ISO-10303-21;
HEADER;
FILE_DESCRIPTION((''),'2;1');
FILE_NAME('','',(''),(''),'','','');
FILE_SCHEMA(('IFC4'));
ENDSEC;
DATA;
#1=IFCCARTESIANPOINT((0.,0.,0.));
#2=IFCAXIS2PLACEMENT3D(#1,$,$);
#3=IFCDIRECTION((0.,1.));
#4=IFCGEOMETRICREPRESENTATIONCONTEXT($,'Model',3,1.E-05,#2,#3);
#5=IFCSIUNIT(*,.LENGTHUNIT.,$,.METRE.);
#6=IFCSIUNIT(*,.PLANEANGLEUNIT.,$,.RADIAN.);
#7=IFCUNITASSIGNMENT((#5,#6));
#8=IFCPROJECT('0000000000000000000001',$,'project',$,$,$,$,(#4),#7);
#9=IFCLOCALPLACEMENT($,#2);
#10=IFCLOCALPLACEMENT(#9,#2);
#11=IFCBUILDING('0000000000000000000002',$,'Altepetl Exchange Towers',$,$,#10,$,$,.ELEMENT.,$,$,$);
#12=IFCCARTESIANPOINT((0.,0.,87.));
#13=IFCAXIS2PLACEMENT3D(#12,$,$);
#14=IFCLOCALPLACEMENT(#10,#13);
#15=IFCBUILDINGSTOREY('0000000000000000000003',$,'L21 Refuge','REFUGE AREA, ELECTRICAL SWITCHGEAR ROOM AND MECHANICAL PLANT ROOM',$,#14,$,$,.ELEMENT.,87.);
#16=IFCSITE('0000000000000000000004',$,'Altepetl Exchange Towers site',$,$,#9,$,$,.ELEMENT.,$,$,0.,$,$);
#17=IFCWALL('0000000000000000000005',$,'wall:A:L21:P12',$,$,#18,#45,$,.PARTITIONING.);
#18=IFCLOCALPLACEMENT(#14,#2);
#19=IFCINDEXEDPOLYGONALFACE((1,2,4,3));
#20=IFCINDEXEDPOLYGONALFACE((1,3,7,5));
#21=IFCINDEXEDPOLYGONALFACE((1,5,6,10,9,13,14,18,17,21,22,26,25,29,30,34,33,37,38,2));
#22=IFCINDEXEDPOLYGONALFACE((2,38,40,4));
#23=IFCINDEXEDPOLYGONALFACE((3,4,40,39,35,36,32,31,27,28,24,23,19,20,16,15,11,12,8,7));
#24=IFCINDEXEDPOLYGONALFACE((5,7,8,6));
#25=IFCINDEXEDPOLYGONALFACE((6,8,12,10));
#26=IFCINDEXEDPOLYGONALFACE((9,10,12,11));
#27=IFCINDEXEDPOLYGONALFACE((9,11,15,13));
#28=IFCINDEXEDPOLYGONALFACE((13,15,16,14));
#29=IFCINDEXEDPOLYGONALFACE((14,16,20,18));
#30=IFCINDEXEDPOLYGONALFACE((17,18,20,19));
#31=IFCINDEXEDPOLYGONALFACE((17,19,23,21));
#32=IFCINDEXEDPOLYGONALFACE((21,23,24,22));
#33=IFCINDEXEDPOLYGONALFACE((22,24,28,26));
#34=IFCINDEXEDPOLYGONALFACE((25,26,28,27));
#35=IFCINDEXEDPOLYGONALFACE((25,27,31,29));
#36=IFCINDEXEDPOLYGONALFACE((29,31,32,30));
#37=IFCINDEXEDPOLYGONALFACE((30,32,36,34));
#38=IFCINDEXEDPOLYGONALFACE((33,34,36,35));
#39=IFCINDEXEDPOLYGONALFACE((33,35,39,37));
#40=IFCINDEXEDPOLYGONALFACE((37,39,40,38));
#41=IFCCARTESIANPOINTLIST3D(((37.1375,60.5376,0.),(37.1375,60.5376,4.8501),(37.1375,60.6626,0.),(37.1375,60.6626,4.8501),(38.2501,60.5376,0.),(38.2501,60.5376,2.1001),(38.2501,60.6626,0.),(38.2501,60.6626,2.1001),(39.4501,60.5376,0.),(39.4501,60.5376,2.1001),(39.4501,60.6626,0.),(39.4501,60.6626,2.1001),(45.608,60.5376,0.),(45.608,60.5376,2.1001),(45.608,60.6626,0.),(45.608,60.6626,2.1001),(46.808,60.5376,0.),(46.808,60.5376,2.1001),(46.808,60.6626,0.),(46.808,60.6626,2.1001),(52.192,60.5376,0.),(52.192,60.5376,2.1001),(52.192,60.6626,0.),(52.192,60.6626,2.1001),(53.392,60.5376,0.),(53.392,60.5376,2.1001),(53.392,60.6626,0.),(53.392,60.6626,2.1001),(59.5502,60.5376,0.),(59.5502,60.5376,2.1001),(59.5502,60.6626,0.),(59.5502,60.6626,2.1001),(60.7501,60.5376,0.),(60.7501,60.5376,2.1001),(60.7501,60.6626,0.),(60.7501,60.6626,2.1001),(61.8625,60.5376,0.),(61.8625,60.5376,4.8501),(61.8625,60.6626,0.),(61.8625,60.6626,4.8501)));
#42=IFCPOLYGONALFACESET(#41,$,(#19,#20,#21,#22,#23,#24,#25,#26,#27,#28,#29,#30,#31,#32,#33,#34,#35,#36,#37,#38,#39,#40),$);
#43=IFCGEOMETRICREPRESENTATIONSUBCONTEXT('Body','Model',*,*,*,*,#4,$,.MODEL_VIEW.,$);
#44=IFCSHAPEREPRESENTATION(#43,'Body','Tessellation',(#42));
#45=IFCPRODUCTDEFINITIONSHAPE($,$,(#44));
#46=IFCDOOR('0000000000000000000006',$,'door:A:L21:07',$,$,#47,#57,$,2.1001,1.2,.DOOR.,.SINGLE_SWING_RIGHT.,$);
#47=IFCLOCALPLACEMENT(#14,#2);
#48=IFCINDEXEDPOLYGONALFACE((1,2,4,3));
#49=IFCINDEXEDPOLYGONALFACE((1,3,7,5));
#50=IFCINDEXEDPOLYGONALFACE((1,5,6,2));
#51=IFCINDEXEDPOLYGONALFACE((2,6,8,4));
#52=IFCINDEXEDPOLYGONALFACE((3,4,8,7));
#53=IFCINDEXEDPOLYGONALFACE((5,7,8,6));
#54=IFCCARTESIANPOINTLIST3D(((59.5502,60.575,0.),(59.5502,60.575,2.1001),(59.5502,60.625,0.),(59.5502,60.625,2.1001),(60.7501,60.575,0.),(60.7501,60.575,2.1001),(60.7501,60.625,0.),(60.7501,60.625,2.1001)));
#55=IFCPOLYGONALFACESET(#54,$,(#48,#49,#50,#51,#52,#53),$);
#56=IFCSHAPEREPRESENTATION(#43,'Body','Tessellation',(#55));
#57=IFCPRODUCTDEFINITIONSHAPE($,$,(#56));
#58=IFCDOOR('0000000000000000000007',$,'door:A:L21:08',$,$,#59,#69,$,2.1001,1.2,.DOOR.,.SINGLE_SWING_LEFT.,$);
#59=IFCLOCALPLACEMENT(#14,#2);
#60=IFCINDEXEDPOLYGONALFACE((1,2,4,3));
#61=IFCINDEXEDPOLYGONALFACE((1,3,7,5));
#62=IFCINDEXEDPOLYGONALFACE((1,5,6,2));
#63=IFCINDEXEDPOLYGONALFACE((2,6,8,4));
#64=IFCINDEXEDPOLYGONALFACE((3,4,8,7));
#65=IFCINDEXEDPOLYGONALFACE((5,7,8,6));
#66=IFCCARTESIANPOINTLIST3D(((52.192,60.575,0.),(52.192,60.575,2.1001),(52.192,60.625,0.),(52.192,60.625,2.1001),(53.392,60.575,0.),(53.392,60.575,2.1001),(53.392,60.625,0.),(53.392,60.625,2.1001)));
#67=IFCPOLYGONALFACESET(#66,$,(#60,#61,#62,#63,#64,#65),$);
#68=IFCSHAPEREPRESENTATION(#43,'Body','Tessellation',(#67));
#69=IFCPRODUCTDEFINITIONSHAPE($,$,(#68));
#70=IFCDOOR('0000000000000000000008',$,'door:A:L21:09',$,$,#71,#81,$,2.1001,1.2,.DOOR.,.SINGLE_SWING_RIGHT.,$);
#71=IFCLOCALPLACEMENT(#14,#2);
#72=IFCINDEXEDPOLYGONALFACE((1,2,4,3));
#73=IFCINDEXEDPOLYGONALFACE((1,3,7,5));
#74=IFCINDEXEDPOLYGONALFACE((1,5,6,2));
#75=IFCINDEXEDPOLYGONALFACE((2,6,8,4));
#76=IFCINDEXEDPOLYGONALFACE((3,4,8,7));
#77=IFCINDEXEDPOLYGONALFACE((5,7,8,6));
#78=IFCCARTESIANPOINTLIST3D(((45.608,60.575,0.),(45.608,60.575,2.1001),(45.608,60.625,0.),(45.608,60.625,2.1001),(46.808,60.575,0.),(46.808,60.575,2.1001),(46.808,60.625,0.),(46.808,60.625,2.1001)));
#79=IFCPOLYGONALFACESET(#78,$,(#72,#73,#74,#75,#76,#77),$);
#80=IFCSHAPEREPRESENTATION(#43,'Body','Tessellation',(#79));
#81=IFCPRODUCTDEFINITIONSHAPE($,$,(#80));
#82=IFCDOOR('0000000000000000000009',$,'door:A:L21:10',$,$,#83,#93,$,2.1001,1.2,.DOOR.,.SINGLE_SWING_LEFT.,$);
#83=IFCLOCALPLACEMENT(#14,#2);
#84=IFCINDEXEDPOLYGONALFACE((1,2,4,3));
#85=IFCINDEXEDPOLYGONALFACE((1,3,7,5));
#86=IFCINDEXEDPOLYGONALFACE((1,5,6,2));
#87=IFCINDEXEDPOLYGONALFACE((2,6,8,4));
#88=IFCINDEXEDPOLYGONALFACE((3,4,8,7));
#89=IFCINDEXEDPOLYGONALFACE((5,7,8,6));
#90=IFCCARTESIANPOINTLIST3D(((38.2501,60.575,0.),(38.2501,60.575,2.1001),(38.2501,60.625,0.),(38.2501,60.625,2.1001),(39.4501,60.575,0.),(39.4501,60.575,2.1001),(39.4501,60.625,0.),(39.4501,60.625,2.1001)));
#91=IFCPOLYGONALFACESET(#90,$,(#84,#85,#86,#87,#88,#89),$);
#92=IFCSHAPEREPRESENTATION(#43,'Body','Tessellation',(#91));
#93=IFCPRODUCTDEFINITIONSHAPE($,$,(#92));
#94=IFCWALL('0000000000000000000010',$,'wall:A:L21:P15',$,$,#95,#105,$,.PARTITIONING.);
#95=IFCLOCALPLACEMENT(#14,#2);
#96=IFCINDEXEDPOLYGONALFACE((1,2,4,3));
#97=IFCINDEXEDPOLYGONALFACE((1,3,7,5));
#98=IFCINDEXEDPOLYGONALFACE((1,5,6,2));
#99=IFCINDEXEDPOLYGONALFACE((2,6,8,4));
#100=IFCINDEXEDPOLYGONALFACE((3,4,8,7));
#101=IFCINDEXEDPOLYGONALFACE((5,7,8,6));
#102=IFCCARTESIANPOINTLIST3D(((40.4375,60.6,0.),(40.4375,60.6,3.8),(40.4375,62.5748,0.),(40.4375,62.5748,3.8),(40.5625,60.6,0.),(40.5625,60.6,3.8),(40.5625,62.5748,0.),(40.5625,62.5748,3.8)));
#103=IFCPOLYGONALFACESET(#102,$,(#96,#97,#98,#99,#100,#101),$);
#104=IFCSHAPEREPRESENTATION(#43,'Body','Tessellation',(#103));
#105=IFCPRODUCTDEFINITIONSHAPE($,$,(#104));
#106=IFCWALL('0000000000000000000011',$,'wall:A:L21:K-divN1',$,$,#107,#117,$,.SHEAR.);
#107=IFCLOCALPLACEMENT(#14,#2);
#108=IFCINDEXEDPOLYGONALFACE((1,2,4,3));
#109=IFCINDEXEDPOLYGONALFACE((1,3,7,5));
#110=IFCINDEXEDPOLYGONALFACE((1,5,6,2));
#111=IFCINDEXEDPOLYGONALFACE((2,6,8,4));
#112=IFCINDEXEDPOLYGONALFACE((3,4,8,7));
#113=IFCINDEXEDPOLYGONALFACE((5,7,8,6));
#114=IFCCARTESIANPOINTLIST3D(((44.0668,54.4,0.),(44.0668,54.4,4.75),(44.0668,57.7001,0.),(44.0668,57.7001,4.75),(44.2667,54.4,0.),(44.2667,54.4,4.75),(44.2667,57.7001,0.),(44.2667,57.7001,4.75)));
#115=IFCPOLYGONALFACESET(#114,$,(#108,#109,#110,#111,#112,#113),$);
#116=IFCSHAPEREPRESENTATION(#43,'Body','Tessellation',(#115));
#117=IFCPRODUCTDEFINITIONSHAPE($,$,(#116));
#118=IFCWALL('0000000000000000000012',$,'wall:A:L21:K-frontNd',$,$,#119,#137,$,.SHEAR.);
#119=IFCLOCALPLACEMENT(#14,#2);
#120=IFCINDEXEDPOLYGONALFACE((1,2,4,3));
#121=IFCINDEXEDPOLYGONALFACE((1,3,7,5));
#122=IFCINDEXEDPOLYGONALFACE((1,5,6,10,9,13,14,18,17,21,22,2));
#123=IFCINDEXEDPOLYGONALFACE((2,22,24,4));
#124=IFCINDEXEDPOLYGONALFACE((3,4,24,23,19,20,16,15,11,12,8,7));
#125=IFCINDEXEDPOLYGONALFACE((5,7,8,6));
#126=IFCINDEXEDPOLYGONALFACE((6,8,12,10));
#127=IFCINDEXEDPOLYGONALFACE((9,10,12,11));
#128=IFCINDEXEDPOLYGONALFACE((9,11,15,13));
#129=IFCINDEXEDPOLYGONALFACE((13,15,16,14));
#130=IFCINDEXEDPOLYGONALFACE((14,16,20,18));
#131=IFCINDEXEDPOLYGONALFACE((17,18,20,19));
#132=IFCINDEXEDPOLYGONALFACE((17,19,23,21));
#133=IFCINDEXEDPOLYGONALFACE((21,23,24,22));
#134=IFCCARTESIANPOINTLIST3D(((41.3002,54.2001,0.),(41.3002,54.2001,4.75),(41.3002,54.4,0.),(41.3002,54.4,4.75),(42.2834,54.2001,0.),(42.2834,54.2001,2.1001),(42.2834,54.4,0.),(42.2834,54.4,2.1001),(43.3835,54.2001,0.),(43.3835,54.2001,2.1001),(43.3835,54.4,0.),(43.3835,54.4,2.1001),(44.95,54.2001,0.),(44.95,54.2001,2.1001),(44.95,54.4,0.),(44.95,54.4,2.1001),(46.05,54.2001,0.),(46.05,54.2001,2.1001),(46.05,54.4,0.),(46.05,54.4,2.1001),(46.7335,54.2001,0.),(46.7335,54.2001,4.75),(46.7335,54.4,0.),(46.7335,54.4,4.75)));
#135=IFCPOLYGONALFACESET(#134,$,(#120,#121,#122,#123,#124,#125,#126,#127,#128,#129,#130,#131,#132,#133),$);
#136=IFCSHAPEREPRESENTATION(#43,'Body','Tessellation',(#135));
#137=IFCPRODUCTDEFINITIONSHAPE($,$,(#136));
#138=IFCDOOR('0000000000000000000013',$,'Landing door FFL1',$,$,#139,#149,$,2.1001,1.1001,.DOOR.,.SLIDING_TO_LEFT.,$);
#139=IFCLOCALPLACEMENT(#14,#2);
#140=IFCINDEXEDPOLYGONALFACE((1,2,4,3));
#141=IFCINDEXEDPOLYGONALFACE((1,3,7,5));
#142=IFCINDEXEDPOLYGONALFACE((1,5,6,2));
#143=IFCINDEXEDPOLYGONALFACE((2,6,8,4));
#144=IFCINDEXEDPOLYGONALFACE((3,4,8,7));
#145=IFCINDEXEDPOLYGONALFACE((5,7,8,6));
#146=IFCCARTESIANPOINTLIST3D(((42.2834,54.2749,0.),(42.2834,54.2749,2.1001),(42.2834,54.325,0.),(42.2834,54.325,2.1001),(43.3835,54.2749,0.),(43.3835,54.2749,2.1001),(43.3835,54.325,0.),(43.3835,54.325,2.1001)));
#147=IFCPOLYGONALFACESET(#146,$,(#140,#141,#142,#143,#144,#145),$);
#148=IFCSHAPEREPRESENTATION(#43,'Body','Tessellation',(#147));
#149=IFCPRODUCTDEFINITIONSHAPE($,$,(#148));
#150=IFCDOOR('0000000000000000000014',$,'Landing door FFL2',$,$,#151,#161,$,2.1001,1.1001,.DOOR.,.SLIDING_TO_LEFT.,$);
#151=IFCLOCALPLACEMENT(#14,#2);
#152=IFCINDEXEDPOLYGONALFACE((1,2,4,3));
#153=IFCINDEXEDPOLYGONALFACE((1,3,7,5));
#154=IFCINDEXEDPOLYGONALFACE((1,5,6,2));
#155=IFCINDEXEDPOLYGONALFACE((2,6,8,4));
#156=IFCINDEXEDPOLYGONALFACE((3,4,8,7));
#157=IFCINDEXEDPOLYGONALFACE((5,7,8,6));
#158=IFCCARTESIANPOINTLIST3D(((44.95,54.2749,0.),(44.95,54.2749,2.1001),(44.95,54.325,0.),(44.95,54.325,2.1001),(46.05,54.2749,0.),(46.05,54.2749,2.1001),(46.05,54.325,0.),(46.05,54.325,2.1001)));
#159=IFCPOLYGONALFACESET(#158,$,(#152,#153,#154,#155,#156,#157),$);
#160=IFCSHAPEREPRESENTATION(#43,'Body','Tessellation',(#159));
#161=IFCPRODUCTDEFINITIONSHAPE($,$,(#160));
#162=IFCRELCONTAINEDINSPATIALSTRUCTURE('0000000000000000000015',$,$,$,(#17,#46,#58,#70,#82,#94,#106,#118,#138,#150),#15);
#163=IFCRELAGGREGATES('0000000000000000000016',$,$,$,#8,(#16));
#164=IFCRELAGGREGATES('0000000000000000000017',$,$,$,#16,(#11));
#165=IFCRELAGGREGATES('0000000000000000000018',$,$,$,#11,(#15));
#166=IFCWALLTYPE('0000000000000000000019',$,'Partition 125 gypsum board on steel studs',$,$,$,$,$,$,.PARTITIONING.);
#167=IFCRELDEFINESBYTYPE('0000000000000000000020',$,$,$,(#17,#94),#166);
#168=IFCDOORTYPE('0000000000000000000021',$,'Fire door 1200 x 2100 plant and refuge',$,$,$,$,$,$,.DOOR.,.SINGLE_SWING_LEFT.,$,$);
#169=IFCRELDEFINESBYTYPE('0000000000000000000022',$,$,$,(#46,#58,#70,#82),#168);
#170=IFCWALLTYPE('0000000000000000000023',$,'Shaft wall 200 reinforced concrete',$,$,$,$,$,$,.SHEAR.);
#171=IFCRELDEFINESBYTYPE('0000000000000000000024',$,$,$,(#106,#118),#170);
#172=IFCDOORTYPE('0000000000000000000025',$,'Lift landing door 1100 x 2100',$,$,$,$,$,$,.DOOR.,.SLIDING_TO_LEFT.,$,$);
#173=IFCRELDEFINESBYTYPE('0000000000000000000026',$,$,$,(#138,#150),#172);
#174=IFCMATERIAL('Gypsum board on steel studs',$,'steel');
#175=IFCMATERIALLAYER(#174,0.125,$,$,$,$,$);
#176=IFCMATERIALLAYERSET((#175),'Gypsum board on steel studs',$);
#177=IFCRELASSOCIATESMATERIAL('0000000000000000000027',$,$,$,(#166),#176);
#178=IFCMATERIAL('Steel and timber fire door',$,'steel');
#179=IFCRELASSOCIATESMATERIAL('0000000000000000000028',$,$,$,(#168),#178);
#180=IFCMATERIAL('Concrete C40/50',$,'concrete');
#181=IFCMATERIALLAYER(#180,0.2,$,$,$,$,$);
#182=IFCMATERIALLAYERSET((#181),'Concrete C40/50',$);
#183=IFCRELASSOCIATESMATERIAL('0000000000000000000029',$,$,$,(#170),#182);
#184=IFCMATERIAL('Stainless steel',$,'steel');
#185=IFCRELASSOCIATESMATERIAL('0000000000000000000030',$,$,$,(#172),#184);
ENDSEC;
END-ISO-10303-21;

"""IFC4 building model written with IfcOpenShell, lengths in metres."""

from ifc_helpers import new_model, si_unit, direction, frame, frame_2d, origin, place, context, subcontext, project, spatial, rectangle, extrude, material, layer, layer_set, type_object, element, fill, save


model = new_model("IFC4")

# Units and contexts
model_context = context("Model", 3, precision=1e-05, world=origin(), true_north=direction((0.0, 1.0)))
body_context = subcontext(model_context, "Body", "Model", "MODEL_VIEW")
ifc_project = project(units=[si_unit("LENGTHUNIT", "METRE"), si_unit("PLANEANGLEUNIT", "RADIAN")], contexts=[model_context])

# Site, building, storey
site_placement = place(None, origin())
site = spatial("IfcSite", under=ifc_project, at=site_placement, Name="Altepetl Exchange Towers site", CompositionType="ELEMENT", RefElevation=0.0)
building_placement = place(site_placement, origin())
building = spatial("IfcBuilding", under=site, at=building_placement, Name="Altepetl Exchange Towers", CompositionType="ELEMENT")
storey_placement = place(building_placement, frame((0.0, 0.0, 87.0)))
storey = spatial("IfcBuildingStorey", under=building, at=storey_placement, Name="L21 Refuge", Description="REFUGE AREA, ELECTRICAL SWITCHGEAR ROOM AND MECHANICAL PLANT ROOM", CompositionType="ELEMENT", Elevation=87.0)

# Shared definitions
ifc_material_1 = material(Name="Gypsum board on steel studs", Category="steel")
ifc_layer_1 = layer(ifc_material_1, 0.125)
ifc_layer_set_1 = layer_set([ifc_layer_1], Name="Gypsum board on steel studs")
wall_type_1 = type_object("IfcWallType", Name="Partition 125 gypsum board on steel studs", PredefinedType="PARTITIONING", material=ifc_layer_set_1)

# Wall, openings, doors
wall_1_placement = place(storey_placement, frame((37.1375, 60.6001, 0.0)))
wall_1 = element("IfcWall", 1, at=wall_1_placement, inside=storey, type_object=wall_type_1, Name="wall:A:L21:P12", PredefinedType="PARTITIONING", context=body_context, shape_type="SweptSolid", body=[
    extrude(rectangle(XDim=24.7251, YDim=0.125, at=frame_2d((12.3625, 0.0))), origin(), (0.0, 0.0, 1.0), 4.8501),
])
opening_1_placement = place(wall_1_placement, frame((22.4126, 0.0, 0.0)))
opening_1 = element("IfcOpeningElement", 2, at=opening_1_placement, cuts=wall_1, PredefinedType="OPENING", context=body_context, shape_type="SweptSolid", body=[
    extrude(rectangle(XDim=1.2, YDim=2.1001, at=frame_2d((0.6001, 1.05))), frame((0.0, 0.0725, 0.0), z_axis=(0.0, -1.0, 0.0), x_axis=(1.0, 0.0, 0.0)), (0.0, 0.0, 1.0), 0.145),
])
opening_2_placement = place(wall_1_placement, frame((15.0544, 0.0, 0.0)))
opening_2 = element("IfcOpeningElement", 3, at=opening_2_placement, cuts=wall_1, PredefinedType="OPENING", context=body_context, shape_type="SweptSolid", body=[
    extrude(rectangle(XDim=1.2, YDim=2.1001, at=frame_2d((0.6001, 1.05))), frame((0.0, 0.0725, 0.0), z_axis=(0.0, -1.0, 0.0), x_axis=(1.0, 0.0, 0.0)), (0.0, 0.0, 1.0), 0.145),
])
opening_3_placement = place(wall_1_placement, frame((8.4705, 0.0, 0.0)))
opening_3 = element("IfcOpeningElement", 4, at=opening_3_placement, cuts=wall_1, PredefinedType="OPENING", context=body_context, shape_type="SweptSolid", body=[
    extrude(rectangle(XDim=1.2, YDim=2.1001, at=frame_2d((0.6001, 1.05))), frame((0.0, 0.0725, 0.0), z_axis=(0.0, -1.0, 0.0), x_axis=(1.0, 0.0, 0.0)), (0.0, 0.0, 1.0), 0.145),
])
opening_4_placement = place(wall_1_placement, frame((1.1125, 0.0, 0.0)))
opening_4 = element("IfcOpeningElement", 5, at=opening_4_placement, cuts=wall_1, PredefinedType="OPENING", context=body_context, shape_type="SweptSolid", body=[
    extrude(rectangle(XDim=1.2, YDim=2.1001, at=frame_2d((0.6001, 1.05))), frame((0.0, 0.0725, 0.0), z_axis=(0.0, -1.0, 0.0), x_axis=(1.0, 0.0, 0.0)), (0.0, 0.0, 1.0), 0.145),
])
ifc_material_2 = material(Name="Steel and timber fire door", Category="steel")
door_type_1 = type_object("IfcDoorType", Name="Fire door 1200 x 2100 plant and refuge", OperationType="SINGLE_SWING_LEFT", PredefinedType="DOOR", material=ifc_material_2)
door_1_placement = place(opening_1_placement, origin())
door_1 = element("IfcDoor", 6, at=door_1_placement, inside=storey, type_object=door_type_1, Name="door:A:L21:07", OperationType="SINGLE_SWING_RIGHT", OverallHeight=2.1001, OverallWidth=1.2, PredefinedType="DOOR", context=body_context, shape_type="SweptSolid", body=[
    extrude(rectangle(XDim=1.2, YDim=2.1001, at=frame_2d((0.6001, 1.05))), frame((0.0, 0.0249, 0.0), z_axis=(0.0, -1.0, 0.0), x_axis=(1.0, 0.0, 0.0)), (0.0, 0.0, 1.0), 0.05),
])
fill(opening_1, door_1)
door_2_placement = place(opening_2_placement, origin())
door_2 = element("IfcDoor", 7, at=door_2_placement, inside=storey, type_object=door_type_1, Name="door:A:L21:08", OperationType="SINGLE_SWING_LEFT", OverallHeight=2.1001, OverallWidth=1.2, PredefinedType="DOOR", context=body_context, shape_type="SweptSolid", body=[
    extrude(rectangle(XDim=1.2, YDim=2.1001, at=frame_2d((0.6001, 1.05))), frame((0.0, 0.0249, 0.0), z_axis=(0.0, -1.0, 0.0), x_axis=(1.0, 0.0, 0.0)), (0.0, 0.0, 1.0), 0.05),
])
fill(opening_2, door_2)
door_3_placement = place(opening_3_placement, origin())
door_3 = element("IfcDoor", 8, at=door_3_placement, inside=storey, type_object=door_type_1, Name="door:A:L21:09", OperationType="SINGLE_SWING_RIGHT", OverallHeight=2.1001, OverallWidth=1.2, PredefinedType="DOOR", context=body_context, shape_type="SweptSolid", body=[
    extrude(rectangle(XDim=1.2, YDim=2.1001, at=frame_2d((0.6001, 1.05))), frame((0.0, 0.0249, 0.0), z_axis=(0.0, -1.0, 0.0), x_axis=(1.0, 0.0, 0.0)), (0.0, 0.0, 1.0), 0.05),
])
fill(opening_3, door_3)
door_4_placement = place(opening_4_placement, origin())
door_4 = element("IfcDoor", 9, at=door_4_placement, inside=storey, type_object=door_type_1, Name="door:A:L21:10", OperationType="SINGLE_SWING_LEFT", OverallHeight=2.1001, OverallWidth=1.2, PredefinedType="DOOR", context=body_context, shape_type="SweptSolid", body=[
    extrude(rectangle(XDim=1.2, YDim=2.1001, at=frame_2d((0.6001, 1.05))), frame((0.0, 0.0249, 0.0), z_axis=(0.0, -1.0, 0.0), x_axis=(1.0, 0.0, 0.0)), (0.0, 0.0, 1.0), 0.05),
])
fill(opening_4, door_4)

# Walls
wall_2_placement = place(storey_placement, frame((40.5, 60.6001, 0.0), z_axis=(0.0, 0.0, 1.0), x_axis=(0.0, 1.0, 0.0)))
element("IfcWall", 10, at=wall_2_placement, inside=storey, type_object=wall_type_1, Name="wall:A:L21:P15", PredefinedType="PARTITIONING", context=body_context, shape_type="SweptSolid", body=[
    extrude(rectangle(XDim=1.9749, YDim=0.125, at=frame_2d((0.9873, 0.0))), origin(), (0.0, 0.0, 1.0), 3.8),
])
ifc_material_3 = material(Name="Concrete C40/50", Category="concrete")
ifc_layer_2 = layer(ifc_material_3, 0.2)
ifc_layer_set_2 = layer_set([ifc_layer_2], Name="Concrete C40/50")
wall_type_2 = type_object("IfcWallType", Name="Shaft wall 200 reinforced concrete", PredefinedType="SHEAR", material=ifc_layer_set_2)
wall_3_placement = place(storey_placement, frame((44.1667, 57.7, 0.0), z_axis=(0.0, 0.0, 1.0), x_axis=(0.0, -1.0, 0.0)))
element("IfcWall", 11, at=wall_3_placement, inside=storey, type_object=wall_type_2, Name="wall:A:L21:K-divN1", PredefinedType="SHEAR", context=body_context, shape_type="SweptSolid", body=[
    extrude(rectangle(XDim=3.3, YDim=0.2, at=frame_2d((1.6499, 0.0))), origin(), (0.0, 0.0, 1.0), 4.75),
])

# Wall, openings, doors
wall_4_placement = place(storey_placement, frame((41.3, 54.3, 0.0)))
wall_4 = element("IfcWall", 12, at=wall_4_placement, inside=storey, type_object=wall_type_2, Name="wall:A:L21:K-frontNd", PredefinedType="SHEAR", context=body_context, shape_type="SweptSolid", body=[
    extrude(rectangle(XDim=5.4333, YDim=0.2, at=frame_2d((2.7168, 0.0))), origin(), (0.0, 0.0, 1.0), 4.75),
])
opening_5_placement = place(wall_4_placement, frame((0.9834, 0.0, 0.0)))
opening_5 = element("IfcOpeningElement", 13, at=opening_5_placement, cuts=wall_4, PredefinedType="OPENING", context=body_context, shape_type="SweptSolid", body=[
    extrude(rectangle(XDim=1.1001, YDim=2.1001, at=frame_2d((0.55, 1.05))), frame((0.0, 0.1099, 0.0), z_axis=(0.0, -1.0, 0.0), x_axis=(1.0, 0.0, 0.0)), (0.0, 0.0, 1.0), 0.22),
])
opening_6_placement = place(wall_4_placement, frame((3.6499, 0.0, 0.0)))
opening_6 = element("IfcOpeningElement", 14, at=opening_6_placement, cuts=wall_4, PredefinedType="OPENING", context=body_context, shape_type="SweptSolid", body=[
    extrude(rectangle(XDim=1.1001, YDim=2.1001, at=frame_2d((0.55, 1.05))), frame((0.0, 0.1099, 0.0), z_axis=(0.0, -1.0, 0.0), x_axis=(1.0, 0.0, 0.0)), (0.0, 0.0, 1.0), 0.22),
])
ifc_material_4 = material(Name="Stainless steel", Category="steel")
door_type_2 = type_object("IfcDoorType", Name="Lift landing door 1100 x 2100", OperationType="SLIDING_TO_LEFT", PredefinedType="DOOR", material=ifc_material_4)
door_5_placement = place(opening_5_placement, origin())
door_5 = element("IfcDoor", 15, at=door_5_placement, inside=storey, type_object=door_type_2, Name="Landing door FFL1", OperationType="SLIDING_TO_LEFT", OverallHeight=2.1001, OverallWidth=1.1001, PredefinedType="DOOR", context=body_context, shape_type="SweptSolid", body=[
    extrude(rectangle(XDim=1.1001, YDim=2.1001, at=frame_2d((0.55, 1.05))), frame((0.0, 0.0249, 0.0), z_axis=(0.0, -1.0, 0.0), x_axis=(1.0, 0.0, 0.0)), (0.0, 0.0, 1.0), 0.05),
])
fill(opening_5, door_5)
door_6_placement = place(opening_6_placement, origin())
door_6 = element("IfcDoor", 16, at=door_6_placement, inside=storey, type_object=door_type_2, Name="Landing door FFL2", OperationType="SLIDING_TO_LEFT", OverallHeight=2.1001, OverallWidth=1.1001, PredefinedType="DOOR", context=body_context, shape_type="SweptSolid", body=[
    extrude(rectangle(XDim=1.1001, YDim=2.1001, at=frame_2d((0.55, 1.05))), frame((0.0, 0.0249, 0.0), z_axis=(0.0, -1.0, 0.0), x_axis=(1.0, 0.0, 0.0)), (0.0, 0.0, 1.0), 0.05),
])
fill(opening_6, door_6)

save(model, "model.ifc")
